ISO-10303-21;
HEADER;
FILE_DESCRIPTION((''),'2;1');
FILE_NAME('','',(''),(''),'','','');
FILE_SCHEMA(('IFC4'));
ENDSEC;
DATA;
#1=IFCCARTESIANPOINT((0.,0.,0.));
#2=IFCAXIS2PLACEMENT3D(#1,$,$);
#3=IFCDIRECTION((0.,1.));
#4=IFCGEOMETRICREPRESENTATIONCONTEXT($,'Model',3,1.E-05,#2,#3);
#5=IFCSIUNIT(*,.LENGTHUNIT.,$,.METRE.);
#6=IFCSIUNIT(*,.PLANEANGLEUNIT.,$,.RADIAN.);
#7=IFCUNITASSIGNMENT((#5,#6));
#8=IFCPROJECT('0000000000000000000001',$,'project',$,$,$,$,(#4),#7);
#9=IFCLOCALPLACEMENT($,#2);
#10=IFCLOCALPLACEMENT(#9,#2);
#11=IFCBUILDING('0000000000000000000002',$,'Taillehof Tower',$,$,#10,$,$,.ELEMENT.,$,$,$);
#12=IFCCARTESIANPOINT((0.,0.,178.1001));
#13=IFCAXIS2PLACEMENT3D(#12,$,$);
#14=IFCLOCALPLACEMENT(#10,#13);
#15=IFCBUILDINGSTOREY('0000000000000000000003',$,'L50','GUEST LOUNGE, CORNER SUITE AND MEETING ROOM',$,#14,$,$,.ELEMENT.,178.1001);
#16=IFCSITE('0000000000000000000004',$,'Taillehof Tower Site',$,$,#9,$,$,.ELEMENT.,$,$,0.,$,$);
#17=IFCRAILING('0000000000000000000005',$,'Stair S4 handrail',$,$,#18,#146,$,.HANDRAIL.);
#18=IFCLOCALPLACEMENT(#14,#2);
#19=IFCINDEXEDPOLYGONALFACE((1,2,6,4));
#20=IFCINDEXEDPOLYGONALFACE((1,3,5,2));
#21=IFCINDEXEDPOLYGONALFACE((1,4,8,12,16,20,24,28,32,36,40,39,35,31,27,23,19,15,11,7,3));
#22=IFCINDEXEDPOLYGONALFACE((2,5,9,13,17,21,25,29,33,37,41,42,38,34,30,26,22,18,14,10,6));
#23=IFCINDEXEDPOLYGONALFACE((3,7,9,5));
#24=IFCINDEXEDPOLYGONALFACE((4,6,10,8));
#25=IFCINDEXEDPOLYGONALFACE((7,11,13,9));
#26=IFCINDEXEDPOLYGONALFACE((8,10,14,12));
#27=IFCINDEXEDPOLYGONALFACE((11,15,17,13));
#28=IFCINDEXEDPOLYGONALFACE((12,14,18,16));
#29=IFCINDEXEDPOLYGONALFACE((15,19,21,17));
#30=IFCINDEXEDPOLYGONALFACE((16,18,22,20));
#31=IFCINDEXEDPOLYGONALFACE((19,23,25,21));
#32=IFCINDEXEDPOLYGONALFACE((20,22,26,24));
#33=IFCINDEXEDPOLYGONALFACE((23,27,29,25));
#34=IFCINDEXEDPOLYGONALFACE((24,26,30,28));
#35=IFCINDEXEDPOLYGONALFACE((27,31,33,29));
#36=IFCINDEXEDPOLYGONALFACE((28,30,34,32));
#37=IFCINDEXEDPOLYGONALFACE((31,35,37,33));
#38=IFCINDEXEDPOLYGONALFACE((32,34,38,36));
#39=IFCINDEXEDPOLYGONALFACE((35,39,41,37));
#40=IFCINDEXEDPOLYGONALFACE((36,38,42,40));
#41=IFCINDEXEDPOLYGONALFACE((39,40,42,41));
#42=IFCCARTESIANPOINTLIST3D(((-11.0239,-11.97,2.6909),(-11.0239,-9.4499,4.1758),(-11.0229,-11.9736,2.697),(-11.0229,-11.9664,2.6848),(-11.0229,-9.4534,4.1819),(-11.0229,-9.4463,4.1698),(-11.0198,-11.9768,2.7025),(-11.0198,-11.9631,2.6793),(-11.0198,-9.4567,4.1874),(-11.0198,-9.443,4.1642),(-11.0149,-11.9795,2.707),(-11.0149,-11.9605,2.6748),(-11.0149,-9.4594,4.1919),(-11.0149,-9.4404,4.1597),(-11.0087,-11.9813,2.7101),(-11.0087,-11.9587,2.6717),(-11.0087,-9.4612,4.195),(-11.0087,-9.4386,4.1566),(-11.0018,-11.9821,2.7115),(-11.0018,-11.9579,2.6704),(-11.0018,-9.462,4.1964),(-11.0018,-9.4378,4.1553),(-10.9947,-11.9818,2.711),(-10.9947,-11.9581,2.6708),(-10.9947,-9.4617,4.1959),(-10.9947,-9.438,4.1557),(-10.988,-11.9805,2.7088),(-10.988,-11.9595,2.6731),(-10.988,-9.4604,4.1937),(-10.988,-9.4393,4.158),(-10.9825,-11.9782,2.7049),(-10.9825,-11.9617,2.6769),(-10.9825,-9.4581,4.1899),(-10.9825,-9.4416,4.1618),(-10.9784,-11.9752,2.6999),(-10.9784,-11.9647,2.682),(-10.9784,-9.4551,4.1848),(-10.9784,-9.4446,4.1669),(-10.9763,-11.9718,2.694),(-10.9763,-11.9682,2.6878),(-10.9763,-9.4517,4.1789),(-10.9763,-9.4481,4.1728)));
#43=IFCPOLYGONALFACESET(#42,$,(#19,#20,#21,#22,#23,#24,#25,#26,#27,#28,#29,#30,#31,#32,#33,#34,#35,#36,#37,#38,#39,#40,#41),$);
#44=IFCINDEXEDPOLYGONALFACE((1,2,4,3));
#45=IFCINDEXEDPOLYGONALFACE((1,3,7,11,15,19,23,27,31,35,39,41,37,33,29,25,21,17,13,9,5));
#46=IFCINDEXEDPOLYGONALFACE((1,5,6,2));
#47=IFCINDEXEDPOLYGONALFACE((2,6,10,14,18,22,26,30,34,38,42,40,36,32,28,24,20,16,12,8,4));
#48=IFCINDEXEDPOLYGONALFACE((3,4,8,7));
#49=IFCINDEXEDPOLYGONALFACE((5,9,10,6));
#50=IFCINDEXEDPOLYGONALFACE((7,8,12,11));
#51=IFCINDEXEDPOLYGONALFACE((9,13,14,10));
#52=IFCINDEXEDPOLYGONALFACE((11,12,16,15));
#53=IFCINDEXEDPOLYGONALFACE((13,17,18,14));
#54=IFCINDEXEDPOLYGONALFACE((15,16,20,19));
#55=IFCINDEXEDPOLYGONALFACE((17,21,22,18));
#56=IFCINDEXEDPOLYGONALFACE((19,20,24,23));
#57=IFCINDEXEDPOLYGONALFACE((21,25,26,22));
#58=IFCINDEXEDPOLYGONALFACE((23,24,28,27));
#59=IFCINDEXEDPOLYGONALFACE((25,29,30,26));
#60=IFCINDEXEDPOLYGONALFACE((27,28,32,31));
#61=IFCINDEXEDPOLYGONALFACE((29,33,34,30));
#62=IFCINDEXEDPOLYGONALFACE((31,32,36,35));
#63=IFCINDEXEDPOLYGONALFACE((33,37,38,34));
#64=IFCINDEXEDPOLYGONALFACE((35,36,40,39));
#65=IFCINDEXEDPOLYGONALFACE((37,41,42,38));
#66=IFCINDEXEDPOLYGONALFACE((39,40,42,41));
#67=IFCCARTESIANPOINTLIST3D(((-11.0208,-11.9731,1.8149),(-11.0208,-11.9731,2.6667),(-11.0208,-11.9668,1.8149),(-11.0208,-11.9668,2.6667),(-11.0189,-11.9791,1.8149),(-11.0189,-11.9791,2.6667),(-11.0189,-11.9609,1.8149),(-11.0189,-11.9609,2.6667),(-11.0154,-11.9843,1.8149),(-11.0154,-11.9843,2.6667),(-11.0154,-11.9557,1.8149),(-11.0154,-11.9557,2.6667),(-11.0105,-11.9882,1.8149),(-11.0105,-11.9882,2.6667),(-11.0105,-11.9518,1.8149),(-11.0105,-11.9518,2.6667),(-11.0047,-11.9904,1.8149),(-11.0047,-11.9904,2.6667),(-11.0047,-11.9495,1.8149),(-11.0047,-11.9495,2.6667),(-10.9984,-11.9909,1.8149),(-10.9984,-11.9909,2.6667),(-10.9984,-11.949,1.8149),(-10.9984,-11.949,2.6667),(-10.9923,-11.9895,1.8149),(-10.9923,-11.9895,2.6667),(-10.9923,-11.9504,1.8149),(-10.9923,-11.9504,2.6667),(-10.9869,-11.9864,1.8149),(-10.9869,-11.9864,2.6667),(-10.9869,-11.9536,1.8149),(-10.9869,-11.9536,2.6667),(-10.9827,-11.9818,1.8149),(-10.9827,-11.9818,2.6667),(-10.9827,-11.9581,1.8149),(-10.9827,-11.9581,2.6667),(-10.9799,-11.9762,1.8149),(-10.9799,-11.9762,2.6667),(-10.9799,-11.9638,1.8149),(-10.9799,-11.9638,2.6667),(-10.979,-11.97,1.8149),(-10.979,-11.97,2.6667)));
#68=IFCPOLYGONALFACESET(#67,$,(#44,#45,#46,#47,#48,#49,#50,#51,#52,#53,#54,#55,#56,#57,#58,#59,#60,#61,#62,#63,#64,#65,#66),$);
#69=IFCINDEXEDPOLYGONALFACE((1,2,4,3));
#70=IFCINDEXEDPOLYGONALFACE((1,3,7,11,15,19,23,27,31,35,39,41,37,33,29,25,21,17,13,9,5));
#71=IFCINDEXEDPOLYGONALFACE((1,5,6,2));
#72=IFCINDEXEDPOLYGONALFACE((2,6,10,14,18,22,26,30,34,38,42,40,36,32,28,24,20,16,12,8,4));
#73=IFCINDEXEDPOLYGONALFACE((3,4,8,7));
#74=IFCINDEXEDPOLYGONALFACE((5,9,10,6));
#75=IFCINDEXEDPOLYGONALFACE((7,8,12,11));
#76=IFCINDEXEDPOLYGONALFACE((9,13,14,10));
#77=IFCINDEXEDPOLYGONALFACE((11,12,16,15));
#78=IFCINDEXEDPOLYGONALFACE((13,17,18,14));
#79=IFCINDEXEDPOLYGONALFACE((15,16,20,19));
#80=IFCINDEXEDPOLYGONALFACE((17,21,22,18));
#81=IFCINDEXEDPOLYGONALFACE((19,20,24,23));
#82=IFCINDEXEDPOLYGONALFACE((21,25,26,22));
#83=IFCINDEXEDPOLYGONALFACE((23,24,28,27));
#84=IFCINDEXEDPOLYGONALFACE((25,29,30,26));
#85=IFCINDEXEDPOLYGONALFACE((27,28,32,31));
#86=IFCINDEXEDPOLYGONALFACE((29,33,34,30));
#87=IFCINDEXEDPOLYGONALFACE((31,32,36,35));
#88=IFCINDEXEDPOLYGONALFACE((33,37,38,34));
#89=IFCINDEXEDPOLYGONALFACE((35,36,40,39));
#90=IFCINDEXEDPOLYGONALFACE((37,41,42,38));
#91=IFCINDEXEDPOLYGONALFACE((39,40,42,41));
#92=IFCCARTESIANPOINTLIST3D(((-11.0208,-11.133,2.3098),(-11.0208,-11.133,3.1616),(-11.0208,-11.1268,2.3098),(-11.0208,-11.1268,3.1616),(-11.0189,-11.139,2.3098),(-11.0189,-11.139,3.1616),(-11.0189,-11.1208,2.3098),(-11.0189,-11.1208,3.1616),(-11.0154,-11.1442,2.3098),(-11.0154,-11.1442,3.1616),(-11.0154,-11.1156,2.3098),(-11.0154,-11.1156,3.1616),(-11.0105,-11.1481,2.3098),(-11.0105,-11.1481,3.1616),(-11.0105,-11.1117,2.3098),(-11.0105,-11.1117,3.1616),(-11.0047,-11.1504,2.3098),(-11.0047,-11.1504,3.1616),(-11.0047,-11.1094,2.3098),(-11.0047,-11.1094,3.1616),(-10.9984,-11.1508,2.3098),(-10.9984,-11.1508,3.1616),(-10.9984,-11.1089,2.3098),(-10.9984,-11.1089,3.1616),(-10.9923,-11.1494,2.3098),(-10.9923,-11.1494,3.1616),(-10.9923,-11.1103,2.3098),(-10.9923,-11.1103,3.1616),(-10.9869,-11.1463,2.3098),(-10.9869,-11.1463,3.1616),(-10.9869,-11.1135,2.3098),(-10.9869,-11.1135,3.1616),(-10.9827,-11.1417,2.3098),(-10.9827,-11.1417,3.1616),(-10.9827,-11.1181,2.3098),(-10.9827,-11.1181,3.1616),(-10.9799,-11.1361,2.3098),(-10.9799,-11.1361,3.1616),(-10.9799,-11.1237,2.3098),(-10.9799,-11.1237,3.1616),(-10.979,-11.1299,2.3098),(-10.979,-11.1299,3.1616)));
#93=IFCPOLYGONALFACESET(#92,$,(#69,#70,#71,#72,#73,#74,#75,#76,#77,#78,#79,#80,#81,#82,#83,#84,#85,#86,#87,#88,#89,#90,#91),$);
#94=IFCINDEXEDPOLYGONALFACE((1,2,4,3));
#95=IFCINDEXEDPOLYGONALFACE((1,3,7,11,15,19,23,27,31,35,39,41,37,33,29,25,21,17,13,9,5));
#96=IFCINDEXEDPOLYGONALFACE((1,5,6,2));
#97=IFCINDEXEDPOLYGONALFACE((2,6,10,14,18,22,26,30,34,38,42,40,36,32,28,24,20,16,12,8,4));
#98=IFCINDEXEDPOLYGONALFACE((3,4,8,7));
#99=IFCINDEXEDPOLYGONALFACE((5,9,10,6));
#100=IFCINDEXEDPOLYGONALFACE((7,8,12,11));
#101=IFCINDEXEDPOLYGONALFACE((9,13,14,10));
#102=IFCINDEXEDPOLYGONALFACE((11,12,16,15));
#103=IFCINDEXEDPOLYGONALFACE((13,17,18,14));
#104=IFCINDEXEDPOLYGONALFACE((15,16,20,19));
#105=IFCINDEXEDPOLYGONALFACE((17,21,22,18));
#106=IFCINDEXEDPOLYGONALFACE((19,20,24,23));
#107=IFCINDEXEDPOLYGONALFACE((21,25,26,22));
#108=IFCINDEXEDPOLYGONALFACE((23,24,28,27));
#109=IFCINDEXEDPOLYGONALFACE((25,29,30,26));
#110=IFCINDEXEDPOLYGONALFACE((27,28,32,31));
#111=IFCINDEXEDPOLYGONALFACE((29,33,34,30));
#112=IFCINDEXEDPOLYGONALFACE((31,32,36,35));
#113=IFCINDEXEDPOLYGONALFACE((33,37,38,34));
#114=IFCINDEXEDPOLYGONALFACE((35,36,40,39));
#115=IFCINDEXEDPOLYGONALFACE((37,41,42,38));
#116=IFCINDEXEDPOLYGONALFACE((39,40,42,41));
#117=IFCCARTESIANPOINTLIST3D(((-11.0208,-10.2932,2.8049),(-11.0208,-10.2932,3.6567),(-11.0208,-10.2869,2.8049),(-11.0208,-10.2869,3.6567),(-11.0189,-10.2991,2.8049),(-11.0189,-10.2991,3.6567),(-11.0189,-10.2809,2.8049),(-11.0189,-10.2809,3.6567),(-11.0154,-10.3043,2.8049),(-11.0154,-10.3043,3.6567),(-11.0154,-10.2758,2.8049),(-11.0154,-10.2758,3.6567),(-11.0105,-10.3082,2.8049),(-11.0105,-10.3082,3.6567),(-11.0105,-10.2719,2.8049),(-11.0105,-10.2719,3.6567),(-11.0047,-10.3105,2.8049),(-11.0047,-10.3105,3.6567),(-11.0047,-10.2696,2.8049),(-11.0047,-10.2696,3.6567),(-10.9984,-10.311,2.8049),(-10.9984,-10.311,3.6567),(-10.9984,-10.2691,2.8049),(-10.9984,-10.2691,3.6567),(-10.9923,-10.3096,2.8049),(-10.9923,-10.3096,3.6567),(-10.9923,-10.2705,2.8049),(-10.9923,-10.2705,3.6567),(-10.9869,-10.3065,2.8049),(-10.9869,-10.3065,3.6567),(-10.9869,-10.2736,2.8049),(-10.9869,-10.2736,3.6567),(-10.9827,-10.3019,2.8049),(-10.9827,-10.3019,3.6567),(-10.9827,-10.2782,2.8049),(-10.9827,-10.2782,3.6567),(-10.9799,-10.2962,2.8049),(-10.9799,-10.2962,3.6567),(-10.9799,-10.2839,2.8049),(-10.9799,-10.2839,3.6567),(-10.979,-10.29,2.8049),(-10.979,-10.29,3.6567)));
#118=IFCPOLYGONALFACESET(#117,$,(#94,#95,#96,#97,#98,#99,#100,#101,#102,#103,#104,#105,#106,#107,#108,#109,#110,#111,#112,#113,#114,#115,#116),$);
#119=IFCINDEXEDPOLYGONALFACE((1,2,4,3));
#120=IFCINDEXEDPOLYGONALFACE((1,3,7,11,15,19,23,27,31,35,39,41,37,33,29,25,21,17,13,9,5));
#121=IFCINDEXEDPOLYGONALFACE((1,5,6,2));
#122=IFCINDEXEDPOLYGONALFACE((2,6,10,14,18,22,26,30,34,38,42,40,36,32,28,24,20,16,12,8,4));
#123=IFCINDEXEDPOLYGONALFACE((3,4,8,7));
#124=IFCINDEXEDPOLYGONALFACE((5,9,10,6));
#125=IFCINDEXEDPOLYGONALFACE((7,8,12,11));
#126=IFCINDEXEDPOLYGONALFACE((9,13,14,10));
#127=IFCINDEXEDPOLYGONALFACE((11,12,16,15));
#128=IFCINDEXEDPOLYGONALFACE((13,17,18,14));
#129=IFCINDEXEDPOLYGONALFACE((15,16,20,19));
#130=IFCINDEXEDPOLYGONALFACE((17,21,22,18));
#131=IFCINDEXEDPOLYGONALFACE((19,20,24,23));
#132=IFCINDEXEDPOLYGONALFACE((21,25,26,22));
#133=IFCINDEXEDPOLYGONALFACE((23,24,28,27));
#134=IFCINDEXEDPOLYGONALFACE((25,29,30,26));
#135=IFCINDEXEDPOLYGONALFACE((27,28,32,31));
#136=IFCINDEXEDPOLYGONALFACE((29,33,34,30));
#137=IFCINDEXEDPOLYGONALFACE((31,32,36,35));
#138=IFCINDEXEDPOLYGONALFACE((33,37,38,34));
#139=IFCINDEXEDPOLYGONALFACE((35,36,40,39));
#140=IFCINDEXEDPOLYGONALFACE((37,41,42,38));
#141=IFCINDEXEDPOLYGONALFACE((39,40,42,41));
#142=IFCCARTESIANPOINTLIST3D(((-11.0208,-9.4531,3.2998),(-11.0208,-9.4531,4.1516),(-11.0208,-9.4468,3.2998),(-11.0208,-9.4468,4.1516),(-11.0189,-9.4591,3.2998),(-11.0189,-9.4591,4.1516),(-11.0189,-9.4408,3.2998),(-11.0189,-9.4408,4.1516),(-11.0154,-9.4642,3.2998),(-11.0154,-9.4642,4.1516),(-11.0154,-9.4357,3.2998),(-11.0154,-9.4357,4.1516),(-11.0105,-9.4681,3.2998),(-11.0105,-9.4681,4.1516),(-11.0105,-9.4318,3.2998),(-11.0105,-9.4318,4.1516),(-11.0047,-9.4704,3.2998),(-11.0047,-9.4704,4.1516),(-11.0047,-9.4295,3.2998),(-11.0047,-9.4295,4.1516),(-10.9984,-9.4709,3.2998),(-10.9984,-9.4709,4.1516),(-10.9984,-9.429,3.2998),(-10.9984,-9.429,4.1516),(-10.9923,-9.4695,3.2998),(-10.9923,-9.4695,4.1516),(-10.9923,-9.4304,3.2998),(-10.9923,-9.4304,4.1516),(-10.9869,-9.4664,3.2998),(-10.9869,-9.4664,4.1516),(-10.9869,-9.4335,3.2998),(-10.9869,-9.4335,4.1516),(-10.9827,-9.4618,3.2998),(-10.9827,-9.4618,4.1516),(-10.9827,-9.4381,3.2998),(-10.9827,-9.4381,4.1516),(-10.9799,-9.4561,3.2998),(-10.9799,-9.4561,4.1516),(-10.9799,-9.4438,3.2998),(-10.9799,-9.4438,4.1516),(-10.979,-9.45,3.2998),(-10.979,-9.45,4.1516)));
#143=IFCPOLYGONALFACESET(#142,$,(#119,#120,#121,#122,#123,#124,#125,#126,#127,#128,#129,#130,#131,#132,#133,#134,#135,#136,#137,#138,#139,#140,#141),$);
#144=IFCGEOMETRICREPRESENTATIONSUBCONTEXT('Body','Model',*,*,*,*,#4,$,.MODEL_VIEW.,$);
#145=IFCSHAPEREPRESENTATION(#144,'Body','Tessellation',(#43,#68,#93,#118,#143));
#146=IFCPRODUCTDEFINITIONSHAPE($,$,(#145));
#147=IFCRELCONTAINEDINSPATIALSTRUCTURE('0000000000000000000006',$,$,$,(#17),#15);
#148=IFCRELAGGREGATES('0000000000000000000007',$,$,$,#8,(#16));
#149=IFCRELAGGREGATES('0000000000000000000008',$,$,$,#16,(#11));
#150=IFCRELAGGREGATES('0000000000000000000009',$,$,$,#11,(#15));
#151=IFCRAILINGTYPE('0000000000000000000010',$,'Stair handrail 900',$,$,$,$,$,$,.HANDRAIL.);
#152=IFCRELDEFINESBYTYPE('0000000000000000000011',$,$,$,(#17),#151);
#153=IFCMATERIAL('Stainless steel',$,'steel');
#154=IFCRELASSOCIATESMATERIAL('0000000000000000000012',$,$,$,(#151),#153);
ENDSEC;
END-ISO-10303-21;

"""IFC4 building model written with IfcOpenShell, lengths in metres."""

from ifc_helpers import new_model, si_unit, direction, frame, origin, origin_2d, place, context, subcontext, project, spatial, circle, extrude, material, type_object, element, save


model = new_model("IFC4")

# Units and contexts
model_context = context("Model", 3, precision=1e-05, world=origin(), true_north=direction((0.0, 1.0)))
body_context = subcontext(model_context, "Body", "Model", "MODEL_VIEW")
ifc_project = project(units=[si_unit("LENGTHUNIT", "METRE"), si_unit("PLANEANGLEUNIT", "RADIAN")], contexts=[model_context])

# Site, building, storey
site_placement = place(None, origin())
site = spatial("IfcSite", under=ifc_project, at=site_placement, Name="Taillehof Tower Site", CompositionType="ELEMENT", RefElevation=0.0)
building_placement = place(site_placement, origin())
building = spatial("IfcBuilding", under=site, at=building_placement, Name="Taillehof Tower", CompositionType="ELEMENT")
storey_placement = place(building_placement, frame((0.0, 0.0, 178.1001)))
storey = spatial("IfcBuildingStorey", under=building, at=storey_placement, Name="L50", Description="GUEST LOUNGE, CORNER SUITE AND MEETING ROOM", CompositionType="ELEMENT", Elevation=178.1001)

# Railing
ifc_material_1 = material(Name="Stainless steel", Category="steel")
railing_type = type_object("IfcRailingType", Name="Stair handrail 900", PredefinedType="HANDRAIL", material=ifc_material_1)
railing_1_placement = place(storey_placement, frame((-11.0, -11.97, 1.8149)))
element("IfcRailing", 1, at=railing_1_placement, inside=storey, type_object=railing_type, Name="Stair S4 handrail", PredefinedType="HANDRAIL", context=body_context, shape_type="SweptSolid", body=[
    extrude(circle(Radius=0.0239, at=origin_2d()), frame((0.0, 0.0, 0.876), z_axis=(0.0, 0.861561, 0.507655), x_axis=(-1.0, 0.0, 0.0)), (0.0, 0.0, 1.0), 2.925),
    extrude(circle(Radius=0.021, at=origin_2d()), origin(), (0.0, 0.0, 1.0), 0.8518),
    extrude(circle(Radius=0.021, at=origin_2d()), frame((0.0, 0.8401, 0.4949)), (0.0, 0.0, 1.0), 0.8518),
    extrude(circle(Radius=0.021, at=origin_2d()), frame((0.0, 1.6799, 0.99)), (0.0, 0.0, 1.0), 0.8518),
    extrude(circle(Radius=0.021, at=origin_2d()), frame((0.0, 2.52, 1.4849)), (0.0, 0.0, 1.0), 0.8518),
])

save(model, "model.ifc")
